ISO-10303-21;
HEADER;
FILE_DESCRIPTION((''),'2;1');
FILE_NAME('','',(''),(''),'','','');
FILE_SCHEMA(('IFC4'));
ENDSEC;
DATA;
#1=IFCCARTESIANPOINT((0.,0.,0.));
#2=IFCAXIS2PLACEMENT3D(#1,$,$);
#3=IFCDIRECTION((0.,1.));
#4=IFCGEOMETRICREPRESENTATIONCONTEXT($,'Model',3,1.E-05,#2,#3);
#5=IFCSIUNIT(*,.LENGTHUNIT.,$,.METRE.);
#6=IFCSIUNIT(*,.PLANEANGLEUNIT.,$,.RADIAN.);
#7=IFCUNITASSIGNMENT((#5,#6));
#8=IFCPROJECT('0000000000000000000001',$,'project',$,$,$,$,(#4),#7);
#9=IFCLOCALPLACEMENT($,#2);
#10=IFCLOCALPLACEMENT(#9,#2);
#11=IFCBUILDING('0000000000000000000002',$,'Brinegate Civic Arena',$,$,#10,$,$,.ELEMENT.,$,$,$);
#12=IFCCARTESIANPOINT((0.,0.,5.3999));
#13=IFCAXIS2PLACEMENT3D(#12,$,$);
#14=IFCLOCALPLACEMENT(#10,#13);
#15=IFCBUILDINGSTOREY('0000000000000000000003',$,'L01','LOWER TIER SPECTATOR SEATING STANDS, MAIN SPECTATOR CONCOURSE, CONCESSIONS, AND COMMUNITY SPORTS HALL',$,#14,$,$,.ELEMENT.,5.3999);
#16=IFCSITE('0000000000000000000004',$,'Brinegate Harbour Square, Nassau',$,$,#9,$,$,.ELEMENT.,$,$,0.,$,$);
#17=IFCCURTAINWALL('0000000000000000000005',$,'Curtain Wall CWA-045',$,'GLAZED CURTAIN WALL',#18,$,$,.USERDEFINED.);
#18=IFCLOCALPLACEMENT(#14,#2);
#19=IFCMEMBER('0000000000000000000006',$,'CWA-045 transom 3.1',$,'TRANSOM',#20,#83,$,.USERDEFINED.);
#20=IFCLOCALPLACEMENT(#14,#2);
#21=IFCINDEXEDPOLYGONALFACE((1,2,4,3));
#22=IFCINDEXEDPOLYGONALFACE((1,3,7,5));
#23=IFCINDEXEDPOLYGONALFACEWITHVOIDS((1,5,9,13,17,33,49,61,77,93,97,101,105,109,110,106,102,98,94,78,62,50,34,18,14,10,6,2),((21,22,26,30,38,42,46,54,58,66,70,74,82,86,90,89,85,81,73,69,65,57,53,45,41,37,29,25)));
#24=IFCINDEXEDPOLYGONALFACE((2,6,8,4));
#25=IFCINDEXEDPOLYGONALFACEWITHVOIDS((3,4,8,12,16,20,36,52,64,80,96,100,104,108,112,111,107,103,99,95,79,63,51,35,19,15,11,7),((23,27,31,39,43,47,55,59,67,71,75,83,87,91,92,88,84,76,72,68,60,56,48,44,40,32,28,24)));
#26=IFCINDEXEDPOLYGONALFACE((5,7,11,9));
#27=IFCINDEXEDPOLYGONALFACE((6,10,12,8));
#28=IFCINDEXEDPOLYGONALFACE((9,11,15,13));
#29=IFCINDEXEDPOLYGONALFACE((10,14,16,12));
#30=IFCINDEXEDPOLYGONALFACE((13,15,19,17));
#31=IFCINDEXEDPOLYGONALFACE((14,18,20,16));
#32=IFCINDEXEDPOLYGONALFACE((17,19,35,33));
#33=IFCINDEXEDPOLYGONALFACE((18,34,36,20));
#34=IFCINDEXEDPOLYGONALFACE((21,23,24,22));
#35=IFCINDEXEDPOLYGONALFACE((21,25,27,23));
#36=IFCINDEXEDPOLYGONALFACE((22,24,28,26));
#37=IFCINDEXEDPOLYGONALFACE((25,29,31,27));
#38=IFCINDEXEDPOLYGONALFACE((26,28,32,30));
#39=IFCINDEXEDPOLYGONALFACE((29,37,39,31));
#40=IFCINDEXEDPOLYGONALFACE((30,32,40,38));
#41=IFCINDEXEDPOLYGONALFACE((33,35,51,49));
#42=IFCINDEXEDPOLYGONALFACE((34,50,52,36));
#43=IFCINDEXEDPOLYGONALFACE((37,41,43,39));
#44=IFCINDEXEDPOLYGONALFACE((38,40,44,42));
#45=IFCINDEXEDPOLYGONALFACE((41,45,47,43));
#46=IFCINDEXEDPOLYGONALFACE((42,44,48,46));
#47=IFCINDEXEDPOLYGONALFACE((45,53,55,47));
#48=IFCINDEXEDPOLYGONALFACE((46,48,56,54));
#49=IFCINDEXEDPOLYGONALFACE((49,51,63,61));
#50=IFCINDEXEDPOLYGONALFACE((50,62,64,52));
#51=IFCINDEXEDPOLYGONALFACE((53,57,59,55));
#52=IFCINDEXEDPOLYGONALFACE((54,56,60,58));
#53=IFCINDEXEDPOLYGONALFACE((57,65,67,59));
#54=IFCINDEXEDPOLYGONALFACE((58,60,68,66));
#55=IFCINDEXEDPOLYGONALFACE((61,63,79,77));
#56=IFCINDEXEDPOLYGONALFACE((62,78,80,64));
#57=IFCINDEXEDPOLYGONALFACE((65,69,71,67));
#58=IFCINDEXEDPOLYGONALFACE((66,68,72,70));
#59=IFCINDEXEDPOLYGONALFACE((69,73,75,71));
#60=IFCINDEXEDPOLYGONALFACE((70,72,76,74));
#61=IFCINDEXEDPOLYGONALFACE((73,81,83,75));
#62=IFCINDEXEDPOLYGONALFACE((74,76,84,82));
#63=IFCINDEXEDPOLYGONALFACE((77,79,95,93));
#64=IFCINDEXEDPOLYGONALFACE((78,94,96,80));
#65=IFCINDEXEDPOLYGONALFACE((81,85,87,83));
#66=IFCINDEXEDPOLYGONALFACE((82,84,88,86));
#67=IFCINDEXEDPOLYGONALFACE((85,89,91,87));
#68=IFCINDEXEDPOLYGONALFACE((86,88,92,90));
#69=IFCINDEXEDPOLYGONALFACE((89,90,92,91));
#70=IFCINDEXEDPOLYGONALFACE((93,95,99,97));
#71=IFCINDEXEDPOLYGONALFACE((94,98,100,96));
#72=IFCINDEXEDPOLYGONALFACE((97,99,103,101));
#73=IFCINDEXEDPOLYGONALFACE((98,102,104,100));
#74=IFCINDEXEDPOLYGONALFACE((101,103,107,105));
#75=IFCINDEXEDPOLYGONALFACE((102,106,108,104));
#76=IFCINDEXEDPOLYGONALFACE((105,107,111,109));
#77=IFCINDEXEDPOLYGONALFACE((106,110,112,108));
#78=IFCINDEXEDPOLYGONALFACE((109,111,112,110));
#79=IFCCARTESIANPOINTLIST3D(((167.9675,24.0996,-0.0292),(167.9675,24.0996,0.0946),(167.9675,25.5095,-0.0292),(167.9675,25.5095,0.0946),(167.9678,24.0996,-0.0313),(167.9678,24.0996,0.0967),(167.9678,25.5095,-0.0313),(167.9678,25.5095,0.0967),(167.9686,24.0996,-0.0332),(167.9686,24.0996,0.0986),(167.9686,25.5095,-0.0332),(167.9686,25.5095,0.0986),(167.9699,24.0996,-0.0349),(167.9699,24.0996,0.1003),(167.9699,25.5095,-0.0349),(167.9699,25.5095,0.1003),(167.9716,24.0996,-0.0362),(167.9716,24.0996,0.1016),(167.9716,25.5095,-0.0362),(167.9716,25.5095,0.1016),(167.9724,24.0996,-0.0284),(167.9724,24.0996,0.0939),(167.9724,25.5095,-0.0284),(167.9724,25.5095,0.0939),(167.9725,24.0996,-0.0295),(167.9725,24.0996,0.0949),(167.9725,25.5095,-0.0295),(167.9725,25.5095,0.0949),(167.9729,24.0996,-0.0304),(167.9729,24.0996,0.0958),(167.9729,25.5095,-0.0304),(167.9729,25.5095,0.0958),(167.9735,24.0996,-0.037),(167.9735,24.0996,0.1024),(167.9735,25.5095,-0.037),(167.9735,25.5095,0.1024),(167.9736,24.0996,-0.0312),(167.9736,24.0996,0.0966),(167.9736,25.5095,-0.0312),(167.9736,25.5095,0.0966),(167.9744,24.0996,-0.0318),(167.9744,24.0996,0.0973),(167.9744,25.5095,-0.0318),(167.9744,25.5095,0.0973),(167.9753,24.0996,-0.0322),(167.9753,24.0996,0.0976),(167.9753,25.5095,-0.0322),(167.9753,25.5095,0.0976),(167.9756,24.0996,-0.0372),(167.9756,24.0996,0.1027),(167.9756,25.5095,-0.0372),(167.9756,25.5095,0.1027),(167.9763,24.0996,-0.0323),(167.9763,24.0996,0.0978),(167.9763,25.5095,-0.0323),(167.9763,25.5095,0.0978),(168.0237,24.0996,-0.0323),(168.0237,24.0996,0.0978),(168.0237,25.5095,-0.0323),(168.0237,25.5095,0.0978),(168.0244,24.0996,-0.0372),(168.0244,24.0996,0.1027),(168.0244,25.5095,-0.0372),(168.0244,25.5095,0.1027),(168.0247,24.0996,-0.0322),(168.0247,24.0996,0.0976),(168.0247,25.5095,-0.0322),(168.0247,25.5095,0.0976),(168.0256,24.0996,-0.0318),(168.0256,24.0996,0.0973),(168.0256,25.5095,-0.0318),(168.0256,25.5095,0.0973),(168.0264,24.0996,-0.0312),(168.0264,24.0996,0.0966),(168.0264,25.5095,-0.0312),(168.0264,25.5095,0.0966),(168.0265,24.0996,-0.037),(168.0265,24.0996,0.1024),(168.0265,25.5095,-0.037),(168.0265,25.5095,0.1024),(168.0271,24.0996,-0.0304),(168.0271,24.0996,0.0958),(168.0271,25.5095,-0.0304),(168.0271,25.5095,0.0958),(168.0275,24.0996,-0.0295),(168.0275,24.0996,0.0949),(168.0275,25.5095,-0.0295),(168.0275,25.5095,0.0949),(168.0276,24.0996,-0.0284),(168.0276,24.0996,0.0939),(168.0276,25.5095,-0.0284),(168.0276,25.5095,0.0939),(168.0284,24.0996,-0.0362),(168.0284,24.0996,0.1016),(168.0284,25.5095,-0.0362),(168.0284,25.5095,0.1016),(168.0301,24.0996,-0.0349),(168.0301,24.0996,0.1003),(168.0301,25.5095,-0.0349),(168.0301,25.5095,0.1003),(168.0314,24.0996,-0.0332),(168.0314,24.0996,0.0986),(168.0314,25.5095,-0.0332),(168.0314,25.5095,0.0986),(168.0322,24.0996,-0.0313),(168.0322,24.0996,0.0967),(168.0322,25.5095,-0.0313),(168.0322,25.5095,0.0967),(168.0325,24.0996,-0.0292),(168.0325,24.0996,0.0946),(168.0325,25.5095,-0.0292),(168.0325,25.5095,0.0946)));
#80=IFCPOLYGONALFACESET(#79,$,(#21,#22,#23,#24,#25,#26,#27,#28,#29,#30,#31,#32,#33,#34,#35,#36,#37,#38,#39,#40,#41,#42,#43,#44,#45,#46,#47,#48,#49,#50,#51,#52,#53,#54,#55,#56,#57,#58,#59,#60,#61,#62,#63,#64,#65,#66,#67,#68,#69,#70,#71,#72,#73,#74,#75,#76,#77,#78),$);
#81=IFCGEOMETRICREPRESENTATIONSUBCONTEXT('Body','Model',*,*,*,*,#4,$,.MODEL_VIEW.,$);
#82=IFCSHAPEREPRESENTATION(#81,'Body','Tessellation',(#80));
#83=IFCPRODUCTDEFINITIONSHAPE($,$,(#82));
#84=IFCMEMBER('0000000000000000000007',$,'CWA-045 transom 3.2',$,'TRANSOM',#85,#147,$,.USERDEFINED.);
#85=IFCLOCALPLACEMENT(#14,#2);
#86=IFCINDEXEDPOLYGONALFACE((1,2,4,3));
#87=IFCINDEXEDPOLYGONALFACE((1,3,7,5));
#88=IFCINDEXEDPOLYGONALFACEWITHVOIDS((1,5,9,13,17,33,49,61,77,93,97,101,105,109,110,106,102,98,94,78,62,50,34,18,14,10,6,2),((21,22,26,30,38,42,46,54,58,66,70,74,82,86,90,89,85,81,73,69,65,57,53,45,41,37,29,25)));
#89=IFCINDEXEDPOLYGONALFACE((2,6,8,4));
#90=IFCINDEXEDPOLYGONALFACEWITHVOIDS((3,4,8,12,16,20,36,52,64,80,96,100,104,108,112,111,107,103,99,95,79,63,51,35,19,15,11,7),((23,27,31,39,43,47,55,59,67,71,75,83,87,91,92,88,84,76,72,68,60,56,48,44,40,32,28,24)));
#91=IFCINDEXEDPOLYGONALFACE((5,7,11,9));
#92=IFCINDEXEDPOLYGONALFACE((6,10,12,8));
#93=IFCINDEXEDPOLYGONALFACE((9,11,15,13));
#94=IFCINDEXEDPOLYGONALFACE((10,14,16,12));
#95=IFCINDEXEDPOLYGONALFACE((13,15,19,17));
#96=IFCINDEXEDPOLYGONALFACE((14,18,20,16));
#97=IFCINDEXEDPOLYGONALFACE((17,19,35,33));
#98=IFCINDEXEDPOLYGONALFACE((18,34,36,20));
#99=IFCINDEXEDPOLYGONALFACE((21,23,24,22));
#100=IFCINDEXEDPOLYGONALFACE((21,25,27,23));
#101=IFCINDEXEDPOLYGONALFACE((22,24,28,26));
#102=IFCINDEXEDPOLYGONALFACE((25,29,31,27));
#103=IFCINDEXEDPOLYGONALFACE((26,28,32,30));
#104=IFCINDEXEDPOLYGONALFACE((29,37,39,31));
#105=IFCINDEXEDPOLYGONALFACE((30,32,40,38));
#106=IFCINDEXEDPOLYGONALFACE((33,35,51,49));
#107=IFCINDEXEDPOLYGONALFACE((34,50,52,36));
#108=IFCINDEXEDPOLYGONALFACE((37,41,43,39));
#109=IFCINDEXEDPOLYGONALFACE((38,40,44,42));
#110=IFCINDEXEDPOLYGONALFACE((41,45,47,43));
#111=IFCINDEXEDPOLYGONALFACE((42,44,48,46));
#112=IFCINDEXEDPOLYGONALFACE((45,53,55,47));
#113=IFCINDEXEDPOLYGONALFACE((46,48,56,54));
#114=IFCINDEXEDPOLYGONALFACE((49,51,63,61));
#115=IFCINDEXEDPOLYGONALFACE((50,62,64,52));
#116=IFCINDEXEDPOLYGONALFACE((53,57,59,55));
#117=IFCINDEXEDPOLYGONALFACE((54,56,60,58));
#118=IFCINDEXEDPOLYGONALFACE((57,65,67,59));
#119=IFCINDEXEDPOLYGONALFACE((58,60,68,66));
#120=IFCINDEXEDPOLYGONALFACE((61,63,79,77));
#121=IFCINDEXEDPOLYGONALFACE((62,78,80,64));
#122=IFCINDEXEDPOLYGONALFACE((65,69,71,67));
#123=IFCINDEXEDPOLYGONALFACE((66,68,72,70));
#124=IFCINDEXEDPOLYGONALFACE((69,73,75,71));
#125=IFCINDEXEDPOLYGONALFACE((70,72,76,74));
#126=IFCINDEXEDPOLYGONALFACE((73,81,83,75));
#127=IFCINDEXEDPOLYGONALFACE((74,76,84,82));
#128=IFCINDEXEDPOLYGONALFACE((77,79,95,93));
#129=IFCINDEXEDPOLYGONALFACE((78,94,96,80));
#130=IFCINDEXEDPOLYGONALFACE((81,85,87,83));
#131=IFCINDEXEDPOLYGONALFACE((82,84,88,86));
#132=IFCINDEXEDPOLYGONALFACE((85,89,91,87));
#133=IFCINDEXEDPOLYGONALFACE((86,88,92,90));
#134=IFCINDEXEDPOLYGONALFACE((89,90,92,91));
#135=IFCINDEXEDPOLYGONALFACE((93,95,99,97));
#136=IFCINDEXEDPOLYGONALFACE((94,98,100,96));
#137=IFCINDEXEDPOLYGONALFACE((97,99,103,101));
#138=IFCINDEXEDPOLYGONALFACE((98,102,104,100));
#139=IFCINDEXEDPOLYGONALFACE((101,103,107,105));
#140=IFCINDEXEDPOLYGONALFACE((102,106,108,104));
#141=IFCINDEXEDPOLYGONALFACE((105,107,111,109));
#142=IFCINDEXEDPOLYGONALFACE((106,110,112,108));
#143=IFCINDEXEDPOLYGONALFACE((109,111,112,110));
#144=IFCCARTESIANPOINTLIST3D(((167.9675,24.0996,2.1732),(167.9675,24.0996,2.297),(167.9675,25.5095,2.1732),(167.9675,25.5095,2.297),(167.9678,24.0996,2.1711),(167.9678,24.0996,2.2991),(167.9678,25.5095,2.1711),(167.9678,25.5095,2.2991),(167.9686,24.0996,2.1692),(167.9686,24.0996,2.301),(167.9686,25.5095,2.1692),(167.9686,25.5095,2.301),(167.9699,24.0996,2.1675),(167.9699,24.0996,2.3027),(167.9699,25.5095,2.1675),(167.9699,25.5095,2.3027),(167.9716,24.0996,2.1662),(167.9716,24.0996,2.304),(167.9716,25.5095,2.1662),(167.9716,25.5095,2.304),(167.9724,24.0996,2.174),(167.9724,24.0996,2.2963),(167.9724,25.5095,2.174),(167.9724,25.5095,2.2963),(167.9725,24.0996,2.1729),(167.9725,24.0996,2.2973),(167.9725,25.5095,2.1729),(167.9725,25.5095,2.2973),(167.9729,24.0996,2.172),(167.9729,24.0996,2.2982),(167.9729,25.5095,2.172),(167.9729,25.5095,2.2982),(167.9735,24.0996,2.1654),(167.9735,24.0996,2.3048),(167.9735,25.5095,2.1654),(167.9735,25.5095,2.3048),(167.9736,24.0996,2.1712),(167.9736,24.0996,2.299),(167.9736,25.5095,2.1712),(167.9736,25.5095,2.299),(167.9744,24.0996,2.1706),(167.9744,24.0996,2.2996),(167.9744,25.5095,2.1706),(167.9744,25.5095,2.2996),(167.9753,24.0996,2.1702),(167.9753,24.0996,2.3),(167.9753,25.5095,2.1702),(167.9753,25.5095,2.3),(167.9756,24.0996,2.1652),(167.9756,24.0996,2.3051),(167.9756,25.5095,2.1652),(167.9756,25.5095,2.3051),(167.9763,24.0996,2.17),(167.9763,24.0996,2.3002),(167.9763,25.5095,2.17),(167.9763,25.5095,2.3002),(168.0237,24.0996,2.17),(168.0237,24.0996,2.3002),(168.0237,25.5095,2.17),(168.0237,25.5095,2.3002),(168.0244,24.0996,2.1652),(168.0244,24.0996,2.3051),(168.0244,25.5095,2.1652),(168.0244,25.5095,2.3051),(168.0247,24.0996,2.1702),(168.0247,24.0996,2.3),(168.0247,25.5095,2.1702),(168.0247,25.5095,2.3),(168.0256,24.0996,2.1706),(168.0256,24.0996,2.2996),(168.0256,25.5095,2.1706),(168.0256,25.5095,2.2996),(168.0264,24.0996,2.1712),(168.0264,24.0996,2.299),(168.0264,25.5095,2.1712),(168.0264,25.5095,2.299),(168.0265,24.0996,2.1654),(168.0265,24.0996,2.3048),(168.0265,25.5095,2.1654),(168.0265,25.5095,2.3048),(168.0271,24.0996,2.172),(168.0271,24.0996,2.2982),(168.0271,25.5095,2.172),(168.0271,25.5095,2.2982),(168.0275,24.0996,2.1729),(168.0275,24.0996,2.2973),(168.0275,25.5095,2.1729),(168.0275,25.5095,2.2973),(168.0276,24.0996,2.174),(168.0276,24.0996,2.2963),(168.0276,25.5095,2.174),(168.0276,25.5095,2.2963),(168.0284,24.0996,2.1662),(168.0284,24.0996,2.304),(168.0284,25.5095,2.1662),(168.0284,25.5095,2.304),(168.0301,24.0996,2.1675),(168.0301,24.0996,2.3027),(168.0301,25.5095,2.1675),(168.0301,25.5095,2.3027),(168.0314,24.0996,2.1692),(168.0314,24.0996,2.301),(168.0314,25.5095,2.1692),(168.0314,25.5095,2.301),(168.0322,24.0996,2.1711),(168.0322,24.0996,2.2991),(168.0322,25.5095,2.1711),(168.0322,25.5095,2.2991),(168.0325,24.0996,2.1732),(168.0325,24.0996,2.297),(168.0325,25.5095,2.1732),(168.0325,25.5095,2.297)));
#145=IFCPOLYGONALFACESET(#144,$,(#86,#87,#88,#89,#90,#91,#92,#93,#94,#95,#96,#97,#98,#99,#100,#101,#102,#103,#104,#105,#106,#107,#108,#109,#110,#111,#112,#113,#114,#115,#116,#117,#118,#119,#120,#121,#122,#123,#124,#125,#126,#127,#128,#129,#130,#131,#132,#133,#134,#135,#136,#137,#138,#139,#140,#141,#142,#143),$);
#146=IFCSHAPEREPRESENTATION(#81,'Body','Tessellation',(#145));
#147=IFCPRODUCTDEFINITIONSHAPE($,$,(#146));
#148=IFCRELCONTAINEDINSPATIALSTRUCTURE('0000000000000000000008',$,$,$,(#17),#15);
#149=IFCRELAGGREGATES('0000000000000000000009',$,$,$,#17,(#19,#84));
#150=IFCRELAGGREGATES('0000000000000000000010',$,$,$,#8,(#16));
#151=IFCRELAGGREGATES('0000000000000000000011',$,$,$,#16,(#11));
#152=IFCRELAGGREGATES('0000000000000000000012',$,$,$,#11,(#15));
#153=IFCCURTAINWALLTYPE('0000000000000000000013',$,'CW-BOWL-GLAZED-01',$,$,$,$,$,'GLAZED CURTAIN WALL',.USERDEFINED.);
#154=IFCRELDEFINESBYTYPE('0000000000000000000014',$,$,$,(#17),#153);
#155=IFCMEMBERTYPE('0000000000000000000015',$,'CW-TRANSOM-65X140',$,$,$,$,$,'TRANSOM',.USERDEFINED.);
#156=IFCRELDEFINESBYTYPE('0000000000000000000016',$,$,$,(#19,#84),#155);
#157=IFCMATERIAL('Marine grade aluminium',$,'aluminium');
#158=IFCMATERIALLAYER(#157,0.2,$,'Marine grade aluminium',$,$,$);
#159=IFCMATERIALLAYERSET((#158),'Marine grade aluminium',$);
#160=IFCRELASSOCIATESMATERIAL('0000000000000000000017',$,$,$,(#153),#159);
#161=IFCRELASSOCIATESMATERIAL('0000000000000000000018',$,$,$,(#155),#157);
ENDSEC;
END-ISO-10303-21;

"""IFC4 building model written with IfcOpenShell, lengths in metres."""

from ifc_helpers import new_model, si_unit, direction, frame, origin, origin_2d, place, context, subcontext, project, spatial, hollow_rectangle, extrude, material, layer, layer_set, material_profile, profile_set, type_object, element, aggregate, save


model = new_model("IFC4")

# Units and contexts
model_context = context("Model", 3, precision=1e-05, world=origin(), true_north=direction((0.0, 1.0)))
body_context = subcontext(model_context, "Body", "Model", "MODEL_VIEW")
ifc_project = project(units=[si_unit("LENGTHUNIT", "METRE"), si_unit("PLANEANGLEUNIT", "RADIAN")], contexts=[model_context])

# Site, building, storey
site_placement = place(None, origin())
site = spatial("IfcSite", under=ifc_project, at=site_placement, Name="Brinegate Harbour Square, Nassau", CompositionType="ELEMENT", RefElevation=0.0)
building_placement = place(site_placement, origin())
building = spatial("IfcBuilding", under=site, at=building_placement, Name="Brinegate Civic Arena", CompositionType="ELEMENT")
storey_placement = place(building_placement, frame((0.0, 0.0, 5.3999)))
storey = spatial("IfcBuildingStorey", under=building, at=storey_placement, Name="L01", Description="LOWER TIER SPECTATOR SEATING STANDS, MAIN SPECTATOR CONCOURSE, CONCESSIONS, AND COMMUNITY SPORTS HALL", CompositionType="ELEMENT", Elevation=5.3999)

# Curtain wall, members
ifc_material_1 = material(Name="Marine grade aluminium", Category="aluminium")
ifc_layer_1 = layer(ifc_material_1, 0.2, Name="Marine grade aluminium")
ifc_layer_set_1 = layer_set([ifc_layer_1], Name="Marine grade aluminium")
curtain_wall_type = type_object("IfcCurtainWallType", Name="CW-BOWL-GLAZED-01", ElementType="GLAZED CURTAIN WALL", PredefinedType="USERDEFINED", material=ifc_layer_set_1)
curtain_wall_placement = place(storey_placement, origin())
curtain_wall = element("IfcCurtainWall", 1, at=curtain_wall_placement, inside=storey, type_object=curtain_wall_type, Name="Curtain Wall CWA-045", ObjectType="GLAZED CURTAIN WALL", PredefinedType="USERDEFINED")
ifc_material_profile_1 = material_profile(ifc_material_1, hollow_rectangle(XDim=0.0649, YDim=0.1399, WallThickness=0.0049, InnerFilletRadius=0.0039, OuterFilletRadius=0.0081, at=origin_2d()), Name="TRN65X140")
ifc_profile_set_1 = profile_set([ifc_material_profile_1], Name="Marine grade aluminium")
member_type_1 = type_object("IfcMemberType", Name="CW-TRANSOM-65X140", ElementType="TRANSOM", PredefinedType="USERDEFINED", material=ifc_profile_set_1)
member_1_placement = place(storey_placement, frame((168.0, 24.0996, 0.0327), z_axis=(0.0, 1.0, 0.0), x_axis=(-1.0, 0.0, 0.0)))
member_1 = element("IfcMember", 2, at=member_1_placement, type_object=member_type_1, Name="CWA-045 transom 3.1", ObjectType="TRANSOM", PredefinedType="USERDEFINED", context=body_context, shape_type="SweptSolid", body=[
    extrude(hollow_rectangle(XDim=0.0649, YDim=0.1399, WallThickness=0.0049, InnerFilletRadius=0.0039, OuterFilletRadius=0.0081, at=origin_2d()), origin(), (0.0, 0.0, 1.0), 1.4099),
])
member_2_placement = place(storey_placement, frame((168.0, 24.0996, 2.2351), z_axis=(0.0, 1.0, 0.0), x_axis=(-1.0, 0.0, 0.0)))
member_2 = element("IfcMember", 3, at=member_2_placement, type_object=member_type_1, Name="CWA-045 transom 3.2", ObjectType="TRANSOM", PredefinedType="USERDEFINED", context=body_context, shape_type="SweptSolid", body=[
    extrude(hollow_rectangle(XDim=0.0649, YDim=0.1399, WallThickness=0.0049, InnerFilletRadius=0.0039, OuterFilletRadius=0.0081, at=origin_2d()), origin(), (0.0, 0.0, 1.0), 1.4099),
])

aggregate(curtain_wall, [member_1, member_2])

save(model, "model.ifc")
